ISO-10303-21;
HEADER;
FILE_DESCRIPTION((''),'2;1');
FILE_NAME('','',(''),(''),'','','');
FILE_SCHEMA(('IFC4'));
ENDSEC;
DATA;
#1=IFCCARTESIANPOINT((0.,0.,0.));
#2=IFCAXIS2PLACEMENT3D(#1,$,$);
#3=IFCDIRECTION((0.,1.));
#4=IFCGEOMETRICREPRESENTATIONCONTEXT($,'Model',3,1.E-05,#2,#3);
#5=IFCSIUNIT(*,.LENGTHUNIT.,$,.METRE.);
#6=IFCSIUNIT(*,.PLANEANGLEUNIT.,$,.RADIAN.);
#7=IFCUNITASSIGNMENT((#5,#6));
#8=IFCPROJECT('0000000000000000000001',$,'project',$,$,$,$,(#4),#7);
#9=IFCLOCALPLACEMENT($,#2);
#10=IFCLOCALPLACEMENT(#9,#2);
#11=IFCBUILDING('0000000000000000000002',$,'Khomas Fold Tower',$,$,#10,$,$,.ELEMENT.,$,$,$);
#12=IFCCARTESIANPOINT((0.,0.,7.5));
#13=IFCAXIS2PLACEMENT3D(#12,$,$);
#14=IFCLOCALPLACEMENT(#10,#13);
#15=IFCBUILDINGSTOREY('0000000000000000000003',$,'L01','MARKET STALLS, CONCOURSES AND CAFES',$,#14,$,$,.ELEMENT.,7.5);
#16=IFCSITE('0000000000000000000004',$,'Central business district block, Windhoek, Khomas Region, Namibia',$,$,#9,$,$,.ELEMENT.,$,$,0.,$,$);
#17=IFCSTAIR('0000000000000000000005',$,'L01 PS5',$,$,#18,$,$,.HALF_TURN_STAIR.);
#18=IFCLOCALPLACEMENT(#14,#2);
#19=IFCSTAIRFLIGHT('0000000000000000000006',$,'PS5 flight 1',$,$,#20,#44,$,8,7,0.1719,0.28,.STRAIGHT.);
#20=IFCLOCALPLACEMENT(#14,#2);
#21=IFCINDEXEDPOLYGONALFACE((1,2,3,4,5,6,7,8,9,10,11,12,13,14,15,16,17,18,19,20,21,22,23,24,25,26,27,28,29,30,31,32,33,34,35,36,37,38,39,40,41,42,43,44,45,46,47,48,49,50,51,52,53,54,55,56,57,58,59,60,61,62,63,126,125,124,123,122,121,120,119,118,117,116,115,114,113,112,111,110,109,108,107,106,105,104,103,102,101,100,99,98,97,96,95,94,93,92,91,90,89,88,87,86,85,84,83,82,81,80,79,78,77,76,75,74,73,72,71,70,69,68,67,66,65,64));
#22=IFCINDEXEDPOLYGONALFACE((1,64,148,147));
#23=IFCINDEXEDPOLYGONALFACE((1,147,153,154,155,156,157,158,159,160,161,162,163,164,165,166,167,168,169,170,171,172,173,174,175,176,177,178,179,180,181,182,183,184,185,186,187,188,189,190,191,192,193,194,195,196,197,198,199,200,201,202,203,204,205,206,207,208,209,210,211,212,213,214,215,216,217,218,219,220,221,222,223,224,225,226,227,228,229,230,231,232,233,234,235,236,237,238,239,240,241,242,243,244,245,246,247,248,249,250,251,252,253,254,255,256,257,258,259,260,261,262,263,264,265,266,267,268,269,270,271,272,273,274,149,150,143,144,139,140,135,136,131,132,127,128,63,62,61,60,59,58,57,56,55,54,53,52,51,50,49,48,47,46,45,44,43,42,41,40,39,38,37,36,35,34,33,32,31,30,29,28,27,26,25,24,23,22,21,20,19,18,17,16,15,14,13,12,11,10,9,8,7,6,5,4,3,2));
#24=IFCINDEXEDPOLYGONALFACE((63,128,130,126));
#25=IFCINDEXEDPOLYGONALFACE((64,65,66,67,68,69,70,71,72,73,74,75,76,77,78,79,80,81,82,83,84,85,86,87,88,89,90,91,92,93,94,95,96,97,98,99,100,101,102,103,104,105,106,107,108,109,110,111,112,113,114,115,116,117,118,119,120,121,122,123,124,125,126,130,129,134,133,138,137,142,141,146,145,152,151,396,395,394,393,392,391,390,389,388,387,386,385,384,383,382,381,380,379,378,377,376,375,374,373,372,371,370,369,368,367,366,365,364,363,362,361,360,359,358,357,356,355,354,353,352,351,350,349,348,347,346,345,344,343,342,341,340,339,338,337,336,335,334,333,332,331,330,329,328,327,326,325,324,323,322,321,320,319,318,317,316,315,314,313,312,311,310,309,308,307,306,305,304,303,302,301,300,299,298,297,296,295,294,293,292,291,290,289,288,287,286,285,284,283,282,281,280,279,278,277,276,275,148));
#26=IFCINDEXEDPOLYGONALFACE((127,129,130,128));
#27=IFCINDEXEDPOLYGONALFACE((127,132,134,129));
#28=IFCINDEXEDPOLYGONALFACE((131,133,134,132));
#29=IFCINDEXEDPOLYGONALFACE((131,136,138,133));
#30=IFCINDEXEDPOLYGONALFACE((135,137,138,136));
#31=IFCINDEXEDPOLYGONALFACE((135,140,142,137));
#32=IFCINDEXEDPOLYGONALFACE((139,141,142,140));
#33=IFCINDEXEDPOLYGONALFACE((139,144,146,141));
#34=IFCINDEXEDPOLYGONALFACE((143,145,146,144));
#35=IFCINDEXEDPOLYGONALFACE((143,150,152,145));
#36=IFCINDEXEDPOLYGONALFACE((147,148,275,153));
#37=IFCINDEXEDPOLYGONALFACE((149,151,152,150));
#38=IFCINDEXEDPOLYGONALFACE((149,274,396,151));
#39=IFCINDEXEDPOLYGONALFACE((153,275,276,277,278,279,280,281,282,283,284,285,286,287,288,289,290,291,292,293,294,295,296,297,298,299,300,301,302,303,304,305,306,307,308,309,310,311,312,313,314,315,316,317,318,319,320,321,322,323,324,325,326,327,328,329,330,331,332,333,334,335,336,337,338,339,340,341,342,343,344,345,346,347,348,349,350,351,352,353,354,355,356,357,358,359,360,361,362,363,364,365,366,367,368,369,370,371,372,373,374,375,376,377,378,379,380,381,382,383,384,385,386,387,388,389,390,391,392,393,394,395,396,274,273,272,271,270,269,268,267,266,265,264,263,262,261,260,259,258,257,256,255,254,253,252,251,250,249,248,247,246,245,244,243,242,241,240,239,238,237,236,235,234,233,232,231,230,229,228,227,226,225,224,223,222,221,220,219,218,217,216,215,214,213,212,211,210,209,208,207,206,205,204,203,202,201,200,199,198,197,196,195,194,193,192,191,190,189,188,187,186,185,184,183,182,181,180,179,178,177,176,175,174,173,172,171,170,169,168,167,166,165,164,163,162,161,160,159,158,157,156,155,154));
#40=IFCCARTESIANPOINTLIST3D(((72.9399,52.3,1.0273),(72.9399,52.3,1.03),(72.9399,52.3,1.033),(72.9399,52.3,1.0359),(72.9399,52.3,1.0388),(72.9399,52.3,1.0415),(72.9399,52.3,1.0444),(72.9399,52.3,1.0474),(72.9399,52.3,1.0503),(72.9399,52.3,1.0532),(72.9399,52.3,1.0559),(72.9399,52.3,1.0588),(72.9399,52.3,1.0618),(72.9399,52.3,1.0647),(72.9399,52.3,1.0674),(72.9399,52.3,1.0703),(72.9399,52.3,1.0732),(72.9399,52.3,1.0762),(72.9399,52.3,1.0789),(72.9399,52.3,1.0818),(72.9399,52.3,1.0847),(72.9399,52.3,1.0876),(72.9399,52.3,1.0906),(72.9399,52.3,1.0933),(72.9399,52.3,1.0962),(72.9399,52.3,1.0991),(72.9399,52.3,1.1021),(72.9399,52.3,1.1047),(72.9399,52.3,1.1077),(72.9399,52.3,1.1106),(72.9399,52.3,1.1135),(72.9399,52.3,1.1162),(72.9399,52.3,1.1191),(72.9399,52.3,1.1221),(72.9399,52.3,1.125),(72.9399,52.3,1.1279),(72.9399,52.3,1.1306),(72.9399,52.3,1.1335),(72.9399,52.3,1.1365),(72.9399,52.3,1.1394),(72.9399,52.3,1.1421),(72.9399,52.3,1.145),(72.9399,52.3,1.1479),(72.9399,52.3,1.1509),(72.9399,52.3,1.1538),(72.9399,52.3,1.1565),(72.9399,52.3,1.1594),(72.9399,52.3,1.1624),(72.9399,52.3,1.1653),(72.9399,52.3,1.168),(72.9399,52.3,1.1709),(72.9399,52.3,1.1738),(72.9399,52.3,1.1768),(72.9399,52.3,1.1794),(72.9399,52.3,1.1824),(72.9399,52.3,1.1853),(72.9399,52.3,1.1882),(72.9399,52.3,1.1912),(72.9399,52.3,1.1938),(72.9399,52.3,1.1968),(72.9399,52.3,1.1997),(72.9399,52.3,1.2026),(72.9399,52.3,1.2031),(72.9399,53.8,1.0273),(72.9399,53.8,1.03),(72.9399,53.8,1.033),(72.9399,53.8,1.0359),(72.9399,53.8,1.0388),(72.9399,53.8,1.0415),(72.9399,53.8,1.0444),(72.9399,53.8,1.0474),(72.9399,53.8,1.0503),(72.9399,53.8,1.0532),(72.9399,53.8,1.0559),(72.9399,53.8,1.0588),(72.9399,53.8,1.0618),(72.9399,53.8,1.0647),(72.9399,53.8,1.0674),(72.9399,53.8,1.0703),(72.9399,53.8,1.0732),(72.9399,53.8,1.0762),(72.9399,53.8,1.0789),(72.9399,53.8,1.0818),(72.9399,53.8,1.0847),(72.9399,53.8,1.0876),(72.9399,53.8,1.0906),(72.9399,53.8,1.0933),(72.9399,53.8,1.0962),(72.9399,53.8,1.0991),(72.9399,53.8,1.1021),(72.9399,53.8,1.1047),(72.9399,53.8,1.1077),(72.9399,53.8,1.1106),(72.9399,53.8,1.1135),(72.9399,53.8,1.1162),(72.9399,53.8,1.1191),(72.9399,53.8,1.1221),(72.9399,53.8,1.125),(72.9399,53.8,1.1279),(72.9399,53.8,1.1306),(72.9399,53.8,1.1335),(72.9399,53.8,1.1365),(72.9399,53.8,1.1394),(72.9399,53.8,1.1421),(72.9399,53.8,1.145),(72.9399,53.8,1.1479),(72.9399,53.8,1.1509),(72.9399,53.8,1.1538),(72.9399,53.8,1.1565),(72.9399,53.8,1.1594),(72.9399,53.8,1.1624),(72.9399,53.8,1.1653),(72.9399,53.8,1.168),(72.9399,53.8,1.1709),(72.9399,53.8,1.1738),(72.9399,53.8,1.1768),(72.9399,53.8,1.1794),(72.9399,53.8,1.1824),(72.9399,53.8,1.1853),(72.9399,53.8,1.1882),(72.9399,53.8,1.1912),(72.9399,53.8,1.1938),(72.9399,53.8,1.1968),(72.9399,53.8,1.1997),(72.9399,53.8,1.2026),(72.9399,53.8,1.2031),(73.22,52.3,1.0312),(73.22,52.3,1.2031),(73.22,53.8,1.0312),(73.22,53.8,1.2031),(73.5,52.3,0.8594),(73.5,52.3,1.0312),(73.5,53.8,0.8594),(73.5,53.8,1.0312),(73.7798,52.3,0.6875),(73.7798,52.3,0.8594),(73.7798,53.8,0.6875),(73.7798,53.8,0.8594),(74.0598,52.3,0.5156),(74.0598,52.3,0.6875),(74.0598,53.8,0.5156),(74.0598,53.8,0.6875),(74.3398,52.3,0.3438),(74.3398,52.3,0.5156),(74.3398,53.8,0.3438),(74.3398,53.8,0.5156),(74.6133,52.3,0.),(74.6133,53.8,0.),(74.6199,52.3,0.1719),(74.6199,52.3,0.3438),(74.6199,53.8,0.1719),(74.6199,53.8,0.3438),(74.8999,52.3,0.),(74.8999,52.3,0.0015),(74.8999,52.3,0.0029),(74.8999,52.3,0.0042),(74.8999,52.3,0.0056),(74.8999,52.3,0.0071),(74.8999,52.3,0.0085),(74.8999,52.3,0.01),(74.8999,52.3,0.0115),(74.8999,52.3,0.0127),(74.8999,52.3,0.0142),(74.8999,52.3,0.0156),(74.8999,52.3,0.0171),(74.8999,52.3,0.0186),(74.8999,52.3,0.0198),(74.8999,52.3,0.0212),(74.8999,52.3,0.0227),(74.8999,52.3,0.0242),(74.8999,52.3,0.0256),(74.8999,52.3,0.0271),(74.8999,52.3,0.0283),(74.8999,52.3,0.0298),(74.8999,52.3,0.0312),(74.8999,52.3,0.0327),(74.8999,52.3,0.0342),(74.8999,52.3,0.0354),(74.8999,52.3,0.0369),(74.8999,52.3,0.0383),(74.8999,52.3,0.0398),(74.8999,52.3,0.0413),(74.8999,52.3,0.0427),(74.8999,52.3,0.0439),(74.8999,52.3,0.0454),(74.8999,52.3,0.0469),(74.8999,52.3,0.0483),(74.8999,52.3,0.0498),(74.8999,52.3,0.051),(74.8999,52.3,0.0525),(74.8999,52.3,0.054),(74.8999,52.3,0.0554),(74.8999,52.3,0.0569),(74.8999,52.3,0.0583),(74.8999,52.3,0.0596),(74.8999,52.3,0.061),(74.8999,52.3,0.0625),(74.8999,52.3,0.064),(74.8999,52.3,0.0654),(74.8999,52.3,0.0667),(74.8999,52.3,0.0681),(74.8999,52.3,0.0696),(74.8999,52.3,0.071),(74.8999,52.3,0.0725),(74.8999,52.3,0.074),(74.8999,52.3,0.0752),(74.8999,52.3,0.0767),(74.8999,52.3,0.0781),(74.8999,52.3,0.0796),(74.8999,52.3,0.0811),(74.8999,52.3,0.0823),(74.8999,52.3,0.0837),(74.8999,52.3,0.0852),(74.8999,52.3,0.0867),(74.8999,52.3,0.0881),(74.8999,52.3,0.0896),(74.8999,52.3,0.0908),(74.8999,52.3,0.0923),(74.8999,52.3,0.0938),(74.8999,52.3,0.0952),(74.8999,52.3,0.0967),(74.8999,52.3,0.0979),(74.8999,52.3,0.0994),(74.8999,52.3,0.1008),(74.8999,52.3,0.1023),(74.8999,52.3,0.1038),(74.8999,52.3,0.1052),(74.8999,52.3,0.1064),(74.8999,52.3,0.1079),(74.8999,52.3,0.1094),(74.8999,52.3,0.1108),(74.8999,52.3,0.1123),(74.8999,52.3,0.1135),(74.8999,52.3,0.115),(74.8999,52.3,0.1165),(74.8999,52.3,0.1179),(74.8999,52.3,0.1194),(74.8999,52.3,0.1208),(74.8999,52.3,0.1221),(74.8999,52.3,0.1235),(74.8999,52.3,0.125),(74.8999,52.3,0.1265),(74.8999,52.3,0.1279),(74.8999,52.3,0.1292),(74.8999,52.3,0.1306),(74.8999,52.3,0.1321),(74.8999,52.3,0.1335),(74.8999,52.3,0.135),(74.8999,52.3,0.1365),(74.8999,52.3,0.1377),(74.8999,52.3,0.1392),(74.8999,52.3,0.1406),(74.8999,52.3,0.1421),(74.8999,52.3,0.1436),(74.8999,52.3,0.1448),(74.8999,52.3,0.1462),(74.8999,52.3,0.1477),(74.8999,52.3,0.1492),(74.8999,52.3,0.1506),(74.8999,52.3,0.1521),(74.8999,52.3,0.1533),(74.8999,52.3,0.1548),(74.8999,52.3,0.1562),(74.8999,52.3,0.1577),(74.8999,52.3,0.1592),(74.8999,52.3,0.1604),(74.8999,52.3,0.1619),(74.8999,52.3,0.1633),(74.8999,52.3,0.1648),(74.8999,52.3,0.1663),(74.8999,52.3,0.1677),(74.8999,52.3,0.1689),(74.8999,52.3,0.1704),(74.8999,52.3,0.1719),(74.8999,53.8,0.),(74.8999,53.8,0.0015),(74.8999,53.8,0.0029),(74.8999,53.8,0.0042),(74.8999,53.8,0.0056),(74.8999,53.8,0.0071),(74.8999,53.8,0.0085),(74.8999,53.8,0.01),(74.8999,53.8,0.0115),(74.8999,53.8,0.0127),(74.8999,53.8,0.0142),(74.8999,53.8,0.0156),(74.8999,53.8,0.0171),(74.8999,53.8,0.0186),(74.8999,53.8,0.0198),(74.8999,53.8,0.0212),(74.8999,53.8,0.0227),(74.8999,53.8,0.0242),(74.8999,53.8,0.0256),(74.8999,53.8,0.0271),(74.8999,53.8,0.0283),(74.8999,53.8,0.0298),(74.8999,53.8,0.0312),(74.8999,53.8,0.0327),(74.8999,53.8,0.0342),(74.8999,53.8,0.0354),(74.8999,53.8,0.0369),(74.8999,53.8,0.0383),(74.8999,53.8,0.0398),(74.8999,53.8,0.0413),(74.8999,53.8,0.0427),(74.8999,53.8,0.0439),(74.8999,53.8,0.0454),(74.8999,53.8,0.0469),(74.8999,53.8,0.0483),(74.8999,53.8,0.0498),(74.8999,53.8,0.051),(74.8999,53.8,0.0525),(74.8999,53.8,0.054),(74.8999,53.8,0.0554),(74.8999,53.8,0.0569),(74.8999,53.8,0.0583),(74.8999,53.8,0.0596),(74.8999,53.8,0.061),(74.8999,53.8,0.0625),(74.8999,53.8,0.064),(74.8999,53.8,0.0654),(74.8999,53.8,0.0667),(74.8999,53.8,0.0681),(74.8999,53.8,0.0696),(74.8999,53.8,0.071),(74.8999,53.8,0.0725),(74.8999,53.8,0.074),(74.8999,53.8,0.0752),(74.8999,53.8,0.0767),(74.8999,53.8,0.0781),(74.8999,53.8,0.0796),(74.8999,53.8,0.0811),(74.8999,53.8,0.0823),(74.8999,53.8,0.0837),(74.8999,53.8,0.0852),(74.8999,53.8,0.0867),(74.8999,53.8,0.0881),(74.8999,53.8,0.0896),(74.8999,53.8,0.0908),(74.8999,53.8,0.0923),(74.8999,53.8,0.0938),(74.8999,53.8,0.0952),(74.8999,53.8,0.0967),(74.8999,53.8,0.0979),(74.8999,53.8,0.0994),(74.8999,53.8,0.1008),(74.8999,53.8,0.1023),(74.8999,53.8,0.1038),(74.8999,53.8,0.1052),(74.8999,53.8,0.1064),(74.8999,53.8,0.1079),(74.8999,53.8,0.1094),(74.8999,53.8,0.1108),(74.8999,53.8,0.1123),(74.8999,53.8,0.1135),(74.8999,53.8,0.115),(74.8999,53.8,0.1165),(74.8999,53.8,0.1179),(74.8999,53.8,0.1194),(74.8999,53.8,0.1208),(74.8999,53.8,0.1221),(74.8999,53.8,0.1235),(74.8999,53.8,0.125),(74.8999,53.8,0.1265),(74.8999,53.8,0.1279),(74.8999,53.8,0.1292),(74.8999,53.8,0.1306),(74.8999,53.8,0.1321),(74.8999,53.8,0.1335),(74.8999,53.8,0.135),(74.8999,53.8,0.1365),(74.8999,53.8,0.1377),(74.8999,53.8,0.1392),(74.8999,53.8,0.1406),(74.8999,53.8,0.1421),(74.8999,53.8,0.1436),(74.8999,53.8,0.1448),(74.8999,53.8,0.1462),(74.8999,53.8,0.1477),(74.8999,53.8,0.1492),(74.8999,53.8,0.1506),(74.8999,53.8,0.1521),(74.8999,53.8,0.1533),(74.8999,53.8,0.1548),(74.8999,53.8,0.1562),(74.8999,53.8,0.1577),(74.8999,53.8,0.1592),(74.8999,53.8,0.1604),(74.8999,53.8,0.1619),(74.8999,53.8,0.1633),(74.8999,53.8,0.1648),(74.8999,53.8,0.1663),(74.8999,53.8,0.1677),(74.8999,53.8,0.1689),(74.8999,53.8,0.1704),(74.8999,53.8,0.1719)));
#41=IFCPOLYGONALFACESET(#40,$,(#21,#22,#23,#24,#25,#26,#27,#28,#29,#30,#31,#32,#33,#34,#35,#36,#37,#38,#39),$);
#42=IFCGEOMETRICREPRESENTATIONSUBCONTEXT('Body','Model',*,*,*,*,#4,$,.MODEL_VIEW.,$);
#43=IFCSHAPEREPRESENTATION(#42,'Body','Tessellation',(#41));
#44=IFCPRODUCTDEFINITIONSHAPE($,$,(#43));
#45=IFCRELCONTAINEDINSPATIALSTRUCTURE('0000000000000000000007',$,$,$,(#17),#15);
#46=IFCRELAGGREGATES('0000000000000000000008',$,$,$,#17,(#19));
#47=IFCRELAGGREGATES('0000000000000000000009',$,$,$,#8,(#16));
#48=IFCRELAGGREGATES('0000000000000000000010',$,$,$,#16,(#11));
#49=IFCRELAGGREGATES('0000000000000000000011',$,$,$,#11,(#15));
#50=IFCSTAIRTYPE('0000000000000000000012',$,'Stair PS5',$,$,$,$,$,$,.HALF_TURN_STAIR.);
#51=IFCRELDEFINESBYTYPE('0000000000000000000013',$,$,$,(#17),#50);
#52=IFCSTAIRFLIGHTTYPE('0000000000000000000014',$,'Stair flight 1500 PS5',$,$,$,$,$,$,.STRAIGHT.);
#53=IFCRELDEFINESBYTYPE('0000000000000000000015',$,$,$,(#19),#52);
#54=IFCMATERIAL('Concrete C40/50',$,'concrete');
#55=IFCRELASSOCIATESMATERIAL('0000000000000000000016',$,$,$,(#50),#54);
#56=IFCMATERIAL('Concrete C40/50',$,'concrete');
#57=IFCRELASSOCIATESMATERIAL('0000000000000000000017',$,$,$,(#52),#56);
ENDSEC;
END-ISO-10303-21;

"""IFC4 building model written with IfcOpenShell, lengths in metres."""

from ifc_helpers import new_model, si_unit, direction, frame, origin, place, context, subcontext, project, spatial, polyline, outline, extrude, source, transform, mapped, material, type_object, element, aggregate, save


model = new_model("IFC4")

# Units and contexts
model_context = context("Model", 3, precision=1e-05, world=origin(), true_north=direction((0.0, 1.0)))
body_context = subcontext(model_context, "Body", "Model", "MODEL_VIEW")
ifc_project = project(units=[si_unit("LENGTHUNIT", "METRE"), si_unit("PLANEANGLEUNIT", "RADIAN")], contexts=[model_context])

# Site, building, storey
site_placement = place(None, origin())
site = spatial("IfcSite", under=ifc_project, at=site_placement, Name="Central business district block, Windhoek, Khomas Region, Namibia", CompositionType="ELEMENT", RefElevation=0.0)
building_placement = place(site_placement, origin())
building = spatial("IfcBuilding", under=site, at=building_placement, Name="Khomas Fold Tower", CompositionType="ELEMENT")
storey_placement = place(building_placement, frame((0.0, 0.0, 7.5)))
storey = spatial("IfcBuildingStorey", under=building, at=storey_placement, Name="L01", Description="MARKET STALLS, CONCOURSES AND CAFES", CompositionType="ELEMENT", Elevation=7.5)

# Stair, stair flight
ifc_material_1 = material(Name="Concrete C40/50", Category="concrete")
stair_type = type_object("IfcStairType", Name="Stair PS5", PredefinedType="HALF_TURN_STAIR", material=ifc_material_1)
stair_placement = place(storey_placement, origin())
stair = element("IfcStair", 1, at=stair_placement, inside=storey, type_object=stair_type, Name="L01 PS5", PredefinedType="HALF_TURN_STAIR")
ifc_material_2 = material(Name="Concrete C40/50", Category="concrete")
stair_flight_type = type_object("IfcStairFlightType", Name="Stair flight 1500 PS5", PredefinedType="STRAIGHT", material=ifc_material_2)
shared_shape_1 = source(origin(), body_context, "Body", "SweptSolid", [
    extrude(outline(polyline([(0.0, 0.0), (0.0, 0.0015), (0.0, 0.0029), (0.0, 0.0042), (0.0, 0.0056), (0.0, 0.0071), (0.0, 0.0085), (0.0, 0.01), (0.0, 0.0115), (0.0, 0.0127), (0.0, 0.0142), (0.0, 0.0156), (0.0, 0.0171), (0.0, 0.0186), (0.0, 0.0198), (0.0, 0.0212), (0.0, 0.0227), (0.0, 0.0242), (0.0, 0.0256), (0.0, 0.0271), (0.0, 0.0283), (0.0, 0.0298), (0.0, 0.0312), (0.0, 0.0327), (0.0, 0.0342), (0.0, 0.0354), (0.0, 0.0369), (0.0, 0.0383), (0.0, 0.0398), (0.0, 0.0413), (0.0, 0.0427), (0.0, 0.0439), (0.0, 0.0454), (0.0, 0.0469), (0.0, 0.0483), (0.0, 0.0498), (0.0, 0.051), (0.0, 0.0525), (0.0, 0.054), (0.0, 0.0554), (0.0, 0.0569), (0.0, 0.0583), (0.0, 0.0596), (0.0, 0.061), (0.0, 0.0625), (0.0, 0.064), (0.0, 0.0654), (0.0, 0.0667), (0.0, 0.0681), (0.0, 0.0696), (0.0, 0.071), (0.0, 0.0725), (0.0, 0.074), (0.0, 0.0752), (0.0, 0.0767), (0.0, 0.0781), (0.0, 0.0796), (0.0, 0.0811), (0.0, 0.0823), (0.0, 0.0837), (0.0, 0.0852), (0.0, 0.0867), (0.0, 0.0881), (0.0, 0.0896), (0.0, 0.0908), (0.0, 0.0923), (0.0, 0.0938), (0.0, 0.0952), (0.0, 0.0967), (0.0, 0.0979), (0.0, 0.0994), (0.0, 0.1008), (0.0, 0.1023), (0.0, 0.1038), (0.0, 0.1052), (0.0, 0.1064), (0.0, 0.1079), (0.0, 0.1094), (0.0, 0.1108), (0.0, 0.1123), (0.0, 0.1135), (0.0, 0.115), (0.0, 0.1165), (0.0, 0.1179), (0.0, 0.1194), (0.0, 0.1208), (0.0, 0.1221), (0.0, 0.1235), (0.0, 0.125), (0.0, 0.1265), (0.0, 0.1279), (0.0, 0.1292), (0.0, 0.1306), (0.0, 0.1321), (0.0, 0.1335), (0.0, 0.135), (0.0, 0.1365), (0.0, 0.1377), (0.0, 0.1392), (0.0, 0.1406), (0.0, 0.1421), (0.0, 0.1436), (0.0, 0.1448), (0.0, 0.1462), (0.0, 0.1477), (0.0, 0.1492), (0.0, 0.1506), (0.0, 0.1521), (0.0, 0.1533), (0.0, 0.1548), (0.0, 0.1562), (0.0, 0.1577), (0.0, 0.1592), (0.0, 0.1604), (0.0, 0.1619), (0.0, 0.1633), (0.0, 0.1648), (0.0, 0.1663), (0.0, 0.1677), (0.0, 0.1689), (0.0, 0.1704), (0.0, 0.1719), (0.28, 0.1719), (0.28, 0.3438), (0.5601, 0.3438), (0.5601, 0.5156), (0.8401, 0.5156), (0.8401, 0.6875), (1.1201, 0.6875), (1.1201, 0.8594), (1.3999, 0.8594), (1.3999, 1.0312), (1.6799, 1.0312), (1.6799, 1.2031), (1.96, 1.2031), (1.96, 1.375), (1.96, 1.3721), (1.96, 1.3691), (1.96, 1.3665), (1.96, 1.3635), (1.96, 1.3606), (1.96, 1.3577), (1.96, 1.355), (1.96, 1.3521), (1.96, 1.3491), (1.96, 1.3462), (1.96, 1.3435), (1.96, 1.3406), (1.96, 1.3376), (1.96, 1.3347), (1.96, 1.3318), (1.96, 1.3291), (1.96, 1.3262), (1.96, 1.3232), (1.96, 1.3203), (1.96, 1.3176), (1.96, 1.3147), (1.96, 1.3118), (1.96, 1.3088), (1.96, 1.3059), (1.96, 1.3032), (1.96, 1.3003), (1.96, 1.2974), (1.96, 1.2944), (1.96, 1.2917), (1.96, 1.2888), (1.96, 1.2859), (1.96, 1.283), (1.96, 1.2803), (1.96, 1.2773), (1.96, 1.2744), (1.96, 1.2715), (1.96, 1.2686), (1.96, 1.2659), (1.96, 1.2629), (1.96, 1.26), (1.96, 1.2571), (1.96, 1.2544), (1.96, 1.2515), (1.96, 1.2485), (1.96, 1.2456), (1.96, 1.2427), (1.96, 1.24), (1.96, 1.2371), (1.96, 1.2341), (1.96, 1.2312), (1.96, 1.2285), (1.96, 1.2256), (1.96, 1.2227), (1.96, 1.2197), (1.96, 1.217), (1.96, 1.2141), (1.96, 1.2112), (1.96, 1.2083), (1.96, 1.2053), (1.96, 1.2026), (1.96, 1.1997), (1.96, 1.1968), (1.96, 1.1938), (1.96, 1.1912), (1.96, 1.1882), (1.96, 1.1853), (1.96, 1.1824), (1.96, 1.1794), (1.96, 1.1768), (1.96, 1.1738), (1.96, 1.1709), (1.96, 1.168), (1.96, 1.1653), (1.96, 1.1624), (1.96, 1.1594), (1.96, 1.1565), (1.96, 1.1538), (1.96, 1.1509), (1.96, 1.1479), (1.96, 1.145), (1.96, 1.1421), (1.96, 1.1394), (1.96, 1.1365), (1.96, 1.1335), (1.96, 1.1306), (1.96, 1.1279), (1.96, 1.125), (1.96, 1.1221), (1.96, 1.1191), (1.96, 1.1162), (1.96, 1.1135), (1.96, 1.1106), (1.96, 1.1077), (1.96, 1.1047), (1.96, 1.1021), (1.96, 1.0991), (1.96, 1.0962), (1.96, 1.0933), (1.96, 1.0906), (1.96, 1.0876), (1.96, 1.0847), (1.96, 1.0818), (1.96, 1.0789), (1.96, 1.0762), (1.96, 1.0732), (1.96, 1.0703), (1.96, 1.0674), (1.96, 1.0647), (1.96, 1.0618), (1.96, 1.0588), (1.96, 1.0559), (1.96, 1.0532), (1.96, 1.0503), (1.96, 1.0474), (1.96, 1.0444), (1.96, 1.0415), (1.96, 1.0388), (1.96, 1.0359), (1.96, 1.033), (1.96, 1.03), (1.96, 1.0273), (0.2866, 0.0), (0.0, 0.0)])), frame((0.0, 0.75, 0.0), z_axis=(0.0, -1.0, 0.0), x_axis=(1.0, 0.0, 0.0)), (0.0, 0.0, 1.0), 1.5),
])
stair_flight_1_placement = place(storey_placement, frame((74.8999, 53.05, 0.0), z_axis=(0.0, 0.0, 1.0), x_axis=(-1.0, 0.0, 0.0)))
stair_flight_1 = element("IfcStairFlight", 2, at=stair_flight_1_placement, type_object=stair_flight_type, Name="PS5 flight 1", NumberOfRisers=8, NumberOfTreads=7, PredefinedType="STRAIGHT", RiserHeight=0.1719, TreadLength=0.28, context=body_context, shape_type="MappedRepresentation", body=[
    mapped(shared_shape_1, transform((0.0, 0.0, 0.0))),
])
aggregate(stair, [stair_flight_1])

save(model, "model.ifc")
